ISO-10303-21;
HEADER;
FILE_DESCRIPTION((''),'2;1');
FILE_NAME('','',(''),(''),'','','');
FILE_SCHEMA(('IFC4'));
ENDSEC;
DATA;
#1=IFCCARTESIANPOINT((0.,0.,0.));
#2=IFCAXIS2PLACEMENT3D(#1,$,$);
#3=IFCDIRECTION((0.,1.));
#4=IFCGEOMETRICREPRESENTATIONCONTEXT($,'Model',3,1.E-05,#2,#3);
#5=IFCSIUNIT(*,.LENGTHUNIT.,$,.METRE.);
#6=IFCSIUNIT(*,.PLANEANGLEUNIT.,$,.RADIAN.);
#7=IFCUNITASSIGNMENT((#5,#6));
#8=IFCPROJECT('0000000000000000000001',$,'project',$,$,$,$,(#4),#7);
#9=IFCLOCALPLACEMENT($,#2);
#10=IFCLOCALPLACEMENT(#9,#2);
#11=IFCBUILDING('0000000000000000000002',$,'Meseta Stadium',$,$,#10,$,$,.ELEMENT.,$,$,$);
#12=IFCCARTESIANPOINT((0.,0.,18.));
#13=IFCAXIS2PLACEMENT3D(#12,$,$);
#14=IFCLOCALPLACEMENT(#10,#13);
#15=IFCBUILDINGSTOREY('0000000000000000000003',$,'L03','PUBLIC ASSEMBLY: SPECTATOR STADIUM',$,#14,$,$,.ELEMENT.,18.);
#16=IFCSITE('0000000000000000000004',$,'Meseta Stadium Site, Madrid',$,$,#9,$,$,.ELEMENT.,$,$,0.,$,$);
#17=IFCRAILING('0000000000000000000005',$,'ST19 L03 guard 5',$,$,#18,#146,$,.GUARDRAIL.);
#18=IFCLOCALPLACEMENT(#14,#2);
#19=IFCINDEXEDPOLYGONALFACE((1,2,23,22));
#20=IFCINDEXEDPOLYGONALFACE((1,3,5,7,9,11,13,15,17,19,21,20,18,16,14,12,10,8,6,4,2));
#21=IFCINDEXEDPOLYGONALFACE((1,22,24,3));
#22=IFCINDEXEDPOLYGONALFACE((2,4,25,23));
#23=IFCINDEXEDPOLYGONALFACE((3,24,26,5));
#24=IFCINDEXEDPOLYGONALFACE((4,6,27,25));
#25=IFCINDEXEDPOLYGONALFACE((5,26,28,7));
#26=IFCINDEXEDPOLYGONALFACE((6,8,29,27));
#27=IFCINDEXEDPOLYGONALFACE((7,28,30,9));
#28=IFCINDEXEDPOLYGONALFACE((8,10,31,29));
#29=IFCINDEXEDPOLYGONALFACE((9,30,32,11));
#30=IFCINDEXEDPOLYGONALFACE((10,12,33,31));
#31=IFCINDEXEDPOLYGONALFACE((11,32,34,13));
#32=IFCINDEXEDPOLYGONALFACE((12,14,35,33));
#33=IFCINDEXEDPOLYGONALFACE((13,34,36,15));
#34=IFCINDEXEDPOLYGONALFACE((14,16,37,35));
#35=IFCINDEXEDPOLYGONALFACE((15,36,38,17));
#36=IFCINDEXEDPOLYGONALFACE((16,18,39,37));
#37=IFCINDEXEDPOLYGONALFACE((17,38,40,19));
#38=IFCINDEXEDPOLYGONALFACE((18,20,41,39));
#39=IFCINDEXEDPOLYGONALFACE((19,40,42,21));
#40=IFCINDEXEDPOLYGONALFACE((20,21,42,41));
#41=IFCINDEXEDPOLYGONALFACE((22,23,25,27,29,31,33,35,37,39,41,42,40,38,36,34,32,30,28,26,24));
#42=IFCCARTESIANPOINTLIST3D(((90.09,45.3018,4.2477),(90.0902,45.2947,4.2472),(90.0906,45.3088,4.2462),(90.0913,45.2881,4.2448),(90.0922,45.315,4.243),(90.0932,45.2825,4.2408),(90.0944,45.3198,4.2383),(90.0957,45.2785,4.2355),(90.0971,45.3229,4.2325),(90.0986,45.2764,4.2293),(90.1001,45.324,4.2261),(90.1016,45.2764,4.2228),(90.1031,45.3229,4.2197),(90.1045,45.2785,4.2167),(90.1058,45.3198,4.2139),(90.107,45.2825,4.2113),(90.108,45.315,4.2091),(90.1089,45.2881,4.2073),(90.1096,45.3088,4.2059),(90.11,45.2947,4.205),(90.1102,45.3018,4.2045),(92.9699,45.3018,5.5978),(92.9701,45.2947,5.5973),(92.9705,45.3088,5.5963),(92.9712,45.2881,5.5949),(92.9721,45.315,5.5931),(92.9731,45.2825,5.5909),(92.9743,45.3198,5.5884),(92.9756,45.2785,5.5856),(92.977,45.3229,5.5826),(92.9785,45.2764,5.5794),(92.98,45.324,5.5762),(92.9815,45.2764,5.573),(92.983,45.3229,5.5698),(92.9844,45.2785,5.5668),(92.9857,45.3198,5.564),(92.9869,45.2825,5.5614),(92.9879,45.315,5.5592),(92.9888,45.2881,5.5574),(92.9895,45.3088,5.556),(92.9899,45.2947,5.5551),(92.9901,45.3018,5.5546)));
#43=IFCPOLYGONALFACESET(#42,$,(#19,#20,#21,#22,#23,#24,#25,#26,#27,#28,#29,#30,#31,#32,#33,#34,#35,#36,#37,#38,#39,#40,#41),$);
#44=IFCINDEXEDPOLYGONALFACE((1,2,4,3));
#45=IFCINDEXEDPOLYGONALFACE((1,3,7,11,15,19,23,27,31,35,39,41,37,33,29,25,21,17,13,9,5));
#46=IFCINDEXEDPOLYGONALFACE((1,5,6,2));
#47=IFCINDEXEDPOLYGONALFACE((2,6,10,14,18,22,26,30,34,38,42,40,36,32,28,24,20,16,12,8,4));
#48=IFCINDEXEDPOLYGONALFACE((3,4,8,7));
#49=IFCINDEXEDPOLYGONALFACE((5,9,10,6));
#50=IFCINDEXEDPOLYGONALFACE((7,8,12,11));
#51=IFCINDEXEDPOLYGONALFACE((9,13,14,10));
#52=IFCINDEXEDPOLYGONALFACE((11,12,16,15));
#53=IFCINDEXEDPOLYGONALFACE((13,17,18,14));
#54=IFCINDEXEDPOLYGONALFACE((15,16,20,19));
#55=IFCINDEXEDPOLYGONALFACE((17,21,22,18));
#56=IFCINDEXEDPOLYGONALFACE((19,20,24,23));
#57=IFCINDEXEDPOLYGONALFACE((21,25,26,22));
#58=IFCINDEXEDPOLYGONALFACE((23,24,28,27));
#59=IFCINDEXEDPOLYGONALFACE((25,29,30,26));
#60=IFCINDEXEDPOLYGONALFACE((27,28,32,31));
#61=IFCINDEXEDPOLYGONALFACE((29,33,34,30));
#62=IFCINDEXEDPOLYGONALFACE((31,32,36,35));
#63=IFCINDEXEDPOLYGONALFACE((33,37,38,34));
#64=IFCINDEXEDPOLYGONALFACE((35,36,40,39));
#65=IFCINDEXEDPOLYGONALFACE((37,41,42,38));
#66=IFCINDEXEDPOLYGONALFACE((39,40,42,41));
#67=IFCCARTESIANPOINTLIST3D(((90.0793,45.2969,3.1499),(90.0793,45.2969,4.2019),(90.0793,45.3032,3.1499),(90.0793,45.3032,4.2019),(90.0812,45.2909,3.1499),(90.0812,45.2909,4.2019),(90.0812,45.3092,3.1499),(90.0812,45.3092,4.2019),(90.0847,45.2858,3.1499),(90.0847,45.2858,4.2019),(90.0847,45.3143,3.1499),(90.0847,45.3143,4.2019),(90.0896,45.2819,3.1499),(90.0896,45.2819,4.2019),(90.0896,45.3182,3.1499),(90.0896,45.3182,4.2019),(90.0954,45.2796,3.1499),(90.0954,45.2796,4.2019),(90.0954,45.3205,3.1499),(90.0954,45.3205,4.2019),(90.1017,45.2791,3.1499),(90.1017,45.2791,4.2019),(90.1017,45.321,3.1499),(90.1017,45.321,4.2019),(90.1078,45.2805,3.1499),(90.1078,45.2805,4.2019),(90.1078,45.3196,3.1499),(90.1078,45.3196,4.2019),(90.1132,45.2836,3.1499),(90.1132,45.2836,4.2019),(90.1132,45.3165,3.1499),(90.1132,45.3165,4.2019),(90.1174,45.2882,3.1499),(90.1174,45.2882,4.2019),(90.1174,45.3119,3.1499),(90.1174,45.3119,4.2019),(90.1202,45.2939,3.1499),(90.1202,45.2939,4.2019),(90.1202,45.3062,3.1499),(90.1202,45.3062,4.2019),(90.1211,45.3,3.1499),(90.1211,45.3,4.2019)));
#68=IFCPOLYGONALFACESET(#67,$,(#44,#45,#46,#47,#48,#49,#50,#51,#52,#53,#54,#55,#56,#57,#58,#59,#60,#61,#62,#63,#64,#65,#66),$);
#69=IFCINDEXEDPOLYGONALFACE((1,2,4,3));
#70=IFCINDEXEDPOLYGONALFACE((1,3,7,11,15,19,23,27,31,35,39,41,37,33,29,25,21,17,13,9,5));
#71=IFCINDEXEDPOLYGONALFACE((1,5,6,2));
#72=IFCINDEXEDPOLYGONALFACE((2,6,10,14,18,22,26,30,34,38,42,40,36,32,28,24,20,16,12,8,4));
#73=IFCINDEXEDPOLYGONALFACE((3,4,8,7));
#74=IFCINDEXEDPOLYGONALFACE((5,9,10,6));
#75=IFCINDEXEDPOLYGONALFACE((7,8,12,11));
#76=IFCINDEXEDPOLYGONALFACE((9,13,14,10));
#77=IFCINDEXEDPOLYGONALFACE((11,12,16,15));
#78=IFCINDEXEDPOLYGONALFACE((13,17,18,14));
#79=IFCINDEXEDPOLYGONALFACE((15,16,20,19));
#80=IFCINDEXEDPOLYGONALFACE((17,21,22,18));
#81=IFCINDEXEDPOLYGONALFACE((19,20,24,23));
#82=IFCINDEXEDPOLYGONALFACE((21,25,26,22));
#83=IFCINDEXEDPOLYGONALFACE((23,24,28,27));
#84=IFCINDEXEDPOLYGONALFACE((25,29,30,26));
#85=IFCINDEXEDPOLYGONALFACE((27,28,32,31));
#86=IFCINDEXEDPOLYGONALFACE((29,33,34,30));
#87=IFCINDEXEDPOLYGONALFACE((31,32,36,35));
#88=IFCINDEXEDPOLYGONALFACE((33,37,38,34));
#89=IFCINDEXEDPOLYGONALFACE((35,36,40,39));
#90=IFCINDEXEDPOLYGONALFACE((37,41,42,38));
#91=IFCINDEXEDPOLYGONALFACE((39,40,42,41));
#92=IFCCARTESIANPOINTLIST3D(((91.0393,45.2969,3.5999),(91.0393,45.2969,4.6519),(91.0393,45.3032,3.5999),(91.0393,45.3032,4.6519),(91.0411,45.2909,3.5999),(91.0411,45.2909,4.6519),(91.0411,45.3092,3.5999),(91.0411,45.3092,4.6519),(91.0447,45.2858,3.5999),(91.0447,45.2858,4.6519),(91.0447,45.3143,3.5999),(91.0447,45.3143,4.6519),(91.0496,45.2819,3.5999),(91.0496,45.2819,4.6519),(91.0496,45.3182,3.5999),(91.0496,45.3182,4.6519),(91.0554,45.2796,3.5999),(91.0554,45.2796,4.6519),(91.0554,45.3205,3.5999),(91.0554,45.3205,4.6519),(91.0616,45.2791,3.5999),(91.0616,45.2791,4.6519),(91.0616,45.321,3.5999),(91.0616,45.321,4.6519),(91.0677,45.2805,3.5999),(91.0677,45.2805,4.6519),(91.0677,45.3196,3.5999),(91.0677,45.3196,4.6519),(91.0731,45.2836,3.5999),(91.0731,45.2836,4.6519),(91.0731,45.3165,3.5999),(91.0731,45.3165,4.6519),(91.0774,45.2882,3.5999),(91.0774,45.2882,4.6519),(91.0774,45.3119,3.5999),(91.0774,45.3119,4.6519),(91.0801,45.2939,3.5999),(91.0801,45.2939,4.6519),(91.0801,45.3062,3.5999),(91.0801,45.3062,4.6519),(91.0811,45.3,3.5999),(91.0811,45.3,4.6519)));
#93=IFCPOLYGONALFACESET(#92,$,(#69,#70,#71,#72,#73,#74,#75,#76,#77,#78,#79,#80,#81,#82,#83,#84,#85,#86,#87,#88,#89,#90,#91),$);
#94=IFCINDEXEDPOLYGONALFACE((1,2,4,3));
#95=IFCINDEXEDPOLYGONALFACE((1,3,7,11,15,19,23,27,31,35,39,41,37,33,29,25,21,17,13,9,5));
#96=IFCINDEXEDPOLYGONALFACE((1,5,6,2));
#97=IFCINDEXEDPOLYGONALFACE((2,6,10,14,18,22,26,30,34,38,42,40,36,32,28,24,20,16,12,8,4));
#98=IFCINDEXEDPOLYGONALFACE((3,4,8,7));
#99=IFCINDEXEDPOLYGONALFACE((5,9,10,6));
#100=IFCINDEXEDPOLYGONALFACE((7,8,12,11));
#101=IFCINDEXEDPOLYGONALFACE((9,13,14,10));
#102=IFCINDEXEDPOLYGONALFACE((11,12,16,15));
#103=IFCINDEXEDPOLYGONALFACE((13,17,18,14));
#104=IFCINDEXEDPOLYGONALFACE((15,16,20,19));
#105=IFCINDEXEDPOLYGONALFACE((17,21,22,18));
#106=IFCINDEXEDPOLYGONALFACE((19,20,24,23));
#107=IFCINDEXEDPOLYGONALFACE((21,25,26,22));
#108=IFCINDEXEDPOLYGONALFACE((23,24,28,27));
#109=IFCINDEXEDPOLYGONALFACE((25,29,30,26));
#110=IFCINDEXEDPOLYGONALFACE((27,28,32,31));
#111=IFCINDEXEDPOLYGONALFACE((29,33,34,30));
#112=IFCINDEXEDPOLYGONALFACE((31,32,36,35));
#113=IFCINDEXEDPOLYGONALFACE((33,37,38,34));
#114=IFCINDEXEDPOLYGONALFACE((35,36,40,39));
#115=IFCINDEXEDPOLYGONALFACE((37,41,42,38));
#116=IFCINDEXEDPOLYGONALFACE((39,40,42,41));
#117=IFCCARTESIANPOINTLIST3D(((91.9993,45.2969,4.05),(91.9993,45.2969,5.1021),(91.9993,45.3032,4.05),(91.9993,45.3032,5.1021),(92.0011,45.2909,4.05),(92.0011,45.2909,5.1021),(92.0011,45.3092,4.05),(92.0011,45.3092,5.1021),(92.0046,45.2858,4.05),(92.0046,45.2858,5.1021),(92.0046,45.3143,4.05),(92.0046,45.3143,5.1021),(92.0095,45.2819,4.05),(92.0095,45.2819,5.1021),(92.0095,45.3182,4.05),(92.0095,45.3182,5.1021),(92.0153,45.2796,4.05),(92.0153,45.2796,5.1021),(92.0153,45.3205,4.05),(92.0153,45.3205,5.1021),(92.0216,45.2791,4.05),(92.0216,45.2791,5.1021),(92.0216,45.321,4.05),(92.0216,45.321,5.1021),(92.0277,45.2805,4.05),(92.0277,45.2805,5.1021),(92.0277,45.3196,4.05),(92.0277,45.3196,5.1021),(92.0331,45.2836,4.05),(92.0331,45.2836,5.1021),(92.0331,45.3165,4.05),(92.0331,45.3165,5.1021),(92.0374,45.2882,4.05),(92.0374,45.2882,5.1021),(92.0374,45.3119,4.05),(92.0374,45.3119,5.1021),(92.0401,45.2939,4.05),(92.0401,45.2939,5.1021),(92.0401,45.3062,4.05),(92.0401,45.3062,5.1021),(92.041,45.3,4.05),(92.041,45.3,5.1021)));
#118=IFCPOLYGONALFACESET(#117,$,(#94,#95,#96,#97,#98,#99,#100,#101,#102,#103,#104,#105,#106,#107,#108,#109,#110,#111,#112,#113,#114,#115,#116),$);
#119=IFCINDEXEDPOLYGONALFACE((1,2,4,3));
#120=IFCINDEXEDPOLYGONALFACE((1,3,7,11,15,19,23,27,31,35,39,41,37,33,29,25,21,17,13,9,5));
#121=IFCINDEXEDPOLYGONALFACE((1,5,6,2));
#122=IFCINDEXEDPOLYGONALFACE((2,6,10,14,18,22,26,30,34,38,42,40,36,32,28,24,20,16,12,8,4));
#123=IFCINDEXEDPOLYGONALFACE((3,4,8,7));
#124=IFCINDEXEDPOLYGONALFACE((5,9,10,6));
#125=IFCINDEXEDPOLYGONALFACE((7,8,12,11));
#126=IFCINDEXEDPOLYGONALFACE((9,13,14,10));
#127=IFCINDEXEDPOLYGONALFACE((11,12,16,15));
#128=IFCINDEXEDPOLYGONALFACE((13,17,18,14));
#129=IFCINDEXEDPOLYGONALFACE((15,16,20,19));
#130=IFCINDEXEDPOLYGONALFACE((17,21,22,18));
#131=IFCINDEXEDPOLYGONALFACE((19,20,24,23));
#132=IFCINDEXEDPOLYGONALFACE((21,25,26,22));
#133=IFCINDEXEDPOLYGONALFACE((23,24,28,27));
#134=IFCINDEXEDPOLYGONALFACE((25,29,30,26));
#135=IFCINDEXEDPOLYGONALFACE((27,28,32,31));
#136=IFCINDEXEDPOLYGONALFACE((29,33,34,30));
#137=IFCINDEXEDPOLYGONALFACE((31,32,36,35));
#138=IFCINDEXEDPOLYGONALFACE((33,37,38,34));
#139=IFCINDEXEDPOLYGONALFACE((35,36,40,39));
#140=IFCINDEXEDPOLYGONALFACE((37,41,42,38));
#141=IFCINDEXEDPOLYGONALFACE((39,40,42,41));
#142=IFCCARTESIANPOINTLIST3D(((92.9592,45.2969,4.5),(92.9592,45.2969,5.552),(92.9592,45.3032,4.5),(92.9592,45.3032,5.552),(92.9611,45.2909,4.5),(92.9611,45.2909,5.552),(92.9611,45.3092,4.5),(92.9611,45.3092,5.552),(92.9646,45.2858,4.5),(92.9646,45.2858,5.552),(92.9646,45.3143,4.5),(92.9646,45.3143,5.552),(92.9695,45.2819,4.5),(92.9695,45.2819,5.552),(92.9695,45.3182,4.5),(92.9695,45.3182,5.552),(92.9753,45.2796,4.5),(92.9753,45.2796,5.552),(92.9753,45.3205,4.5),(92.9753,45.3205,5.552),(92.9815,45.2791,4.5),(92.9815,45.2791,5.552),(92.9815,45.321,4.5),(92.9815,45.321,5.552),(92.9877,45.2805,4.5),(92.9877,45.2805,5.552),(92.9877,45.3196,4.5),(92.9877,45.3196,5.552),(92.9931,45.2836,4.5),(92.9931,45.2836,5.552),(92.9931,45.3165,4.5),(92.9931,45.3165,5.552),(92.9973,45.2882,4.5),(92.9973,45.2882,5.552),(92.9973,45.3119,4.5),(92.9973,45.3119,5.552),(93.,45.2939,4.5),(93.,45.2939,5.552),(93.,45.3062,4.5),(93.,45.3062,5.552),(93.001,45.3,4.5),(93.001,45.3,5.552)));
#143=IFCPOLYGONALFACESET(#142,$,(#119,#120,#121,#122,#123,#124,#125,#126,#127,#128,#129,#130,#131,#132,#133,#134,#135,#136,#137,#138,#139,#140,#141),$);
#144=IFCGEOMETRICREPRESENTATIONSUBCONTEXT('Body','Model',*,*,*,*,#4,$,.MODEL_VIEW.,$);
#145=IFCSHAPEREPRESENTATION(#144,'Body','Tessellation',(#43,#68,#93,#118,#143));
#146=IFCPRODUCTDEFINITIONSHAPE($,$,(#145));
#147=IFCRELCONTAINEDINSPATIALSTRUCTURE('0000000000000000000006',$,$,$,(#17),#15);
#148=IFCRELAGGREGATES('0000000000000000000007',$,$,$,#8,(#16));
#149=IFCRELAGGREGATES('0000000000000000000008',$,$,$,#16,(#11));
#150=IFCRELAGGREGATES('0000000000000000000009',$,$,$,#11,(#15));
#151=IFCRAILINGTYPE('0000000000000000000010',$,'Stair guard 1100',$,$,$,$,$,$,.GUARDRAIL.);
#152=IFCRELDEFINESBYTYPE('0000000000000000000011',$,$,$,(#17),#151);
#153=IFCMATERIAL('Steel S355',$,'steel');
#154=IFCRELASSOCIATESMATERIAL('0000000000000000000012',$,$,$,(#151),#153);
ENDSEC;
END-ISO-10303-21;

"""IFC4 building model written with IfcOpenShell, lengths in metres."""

from ifc_helpers import new_model, si_unit, direction, frame, origin, origin_2d, place, context, subcontext, project, spatial, circle, extrude, material, type_object, element, save


model = new_model("IFC4")

# Units and contexts
model_context = context("Model", 3, precision=1e-05, world=origin(), true_north=direction((0.0, 1.0)))
body_context = subcontext(model_context, "Body", "Model", "MODEL_VIEW")
ifc_project = project(units=[si_unit("LENGTHUNIT", "METRE"), si_unit("PLANEANGLEUNIT", "RADIAN")], contexts=[model_context])

# Site, building, storey
site_placement = place(None, origin())
site = spatial("IfcSite", under=ifc_project, at=site_placement, Name="Meseta Stadium Site, Madrid", CompositionType="ELEMENT", RefElevation=0.0)
building_placement = place(site_placement, origin())
building = spatial("IfcBuilding", under=site, at=building_placement, Name="Meseta Stadium", CompositionType="ELEMENT")
storey_placement = place(building_placement, frame((0.0, 0.0, 18.0)))
storey = spatial("IfcBuildingStorey", under=building, at=storey_placement, Name="L03", Description="PUBLIC ASSEMBLY: SPECTATOR STADIUM", CompositionType="ELEMENT", Elevation=18.0)

# Railing
ifc_material_1 = material(Name="Steel S355", Category="steel")
railing_type_1 = type_object("IfcRailingType", Name="Stair guard 1100", PredefinedType="GUARDRAIL", material=ifc_material_1)
railing_1_placement = place(storey_placement, frame((90.1001, 45.3, 3.1499)))
element("IfcRailing", 1, at=railing_1_placement, inside=storey, type_object=railing_type_1, Name="ST19 L03 guard 5", PredefinedType="GUARDRAIL", context=body_context, shape_type="SweptSolid", body=[
    extrude(circle(Radius=0.0239, at=origin_2d()), frame((0.0, 0.0, 1.0762), z_axis=(0.90544, 0.0, 0.424473), x_axis=(0.0, 1.0, 0.0)), (0.0, 0.0, 1.0), 3.1807),
    extrude(circle(Radius=0.021, at=origin_2d()), origin(), (0.0, 0.0, 1.0), 1.052),
    extrude(circle(Radius=0.021, at=origin_2d()), frame((0.96, 0.0, 0.45)), (0.0, 0.0, 1.0), 1.052),
    extrude(circle(Radius=0.021, at=origin_2d()), frame((1.9199, 0.0, 0.9001)), (0.0, 0.0, 1.0), 1.052),
    extrude(circle(Radius=0.021, at=origin_2d()), frame((2.8799, 0.0, 1.3501)), (0.0, 0.0, 1.0), 1.052),
])

save(model, "model.ifc")
